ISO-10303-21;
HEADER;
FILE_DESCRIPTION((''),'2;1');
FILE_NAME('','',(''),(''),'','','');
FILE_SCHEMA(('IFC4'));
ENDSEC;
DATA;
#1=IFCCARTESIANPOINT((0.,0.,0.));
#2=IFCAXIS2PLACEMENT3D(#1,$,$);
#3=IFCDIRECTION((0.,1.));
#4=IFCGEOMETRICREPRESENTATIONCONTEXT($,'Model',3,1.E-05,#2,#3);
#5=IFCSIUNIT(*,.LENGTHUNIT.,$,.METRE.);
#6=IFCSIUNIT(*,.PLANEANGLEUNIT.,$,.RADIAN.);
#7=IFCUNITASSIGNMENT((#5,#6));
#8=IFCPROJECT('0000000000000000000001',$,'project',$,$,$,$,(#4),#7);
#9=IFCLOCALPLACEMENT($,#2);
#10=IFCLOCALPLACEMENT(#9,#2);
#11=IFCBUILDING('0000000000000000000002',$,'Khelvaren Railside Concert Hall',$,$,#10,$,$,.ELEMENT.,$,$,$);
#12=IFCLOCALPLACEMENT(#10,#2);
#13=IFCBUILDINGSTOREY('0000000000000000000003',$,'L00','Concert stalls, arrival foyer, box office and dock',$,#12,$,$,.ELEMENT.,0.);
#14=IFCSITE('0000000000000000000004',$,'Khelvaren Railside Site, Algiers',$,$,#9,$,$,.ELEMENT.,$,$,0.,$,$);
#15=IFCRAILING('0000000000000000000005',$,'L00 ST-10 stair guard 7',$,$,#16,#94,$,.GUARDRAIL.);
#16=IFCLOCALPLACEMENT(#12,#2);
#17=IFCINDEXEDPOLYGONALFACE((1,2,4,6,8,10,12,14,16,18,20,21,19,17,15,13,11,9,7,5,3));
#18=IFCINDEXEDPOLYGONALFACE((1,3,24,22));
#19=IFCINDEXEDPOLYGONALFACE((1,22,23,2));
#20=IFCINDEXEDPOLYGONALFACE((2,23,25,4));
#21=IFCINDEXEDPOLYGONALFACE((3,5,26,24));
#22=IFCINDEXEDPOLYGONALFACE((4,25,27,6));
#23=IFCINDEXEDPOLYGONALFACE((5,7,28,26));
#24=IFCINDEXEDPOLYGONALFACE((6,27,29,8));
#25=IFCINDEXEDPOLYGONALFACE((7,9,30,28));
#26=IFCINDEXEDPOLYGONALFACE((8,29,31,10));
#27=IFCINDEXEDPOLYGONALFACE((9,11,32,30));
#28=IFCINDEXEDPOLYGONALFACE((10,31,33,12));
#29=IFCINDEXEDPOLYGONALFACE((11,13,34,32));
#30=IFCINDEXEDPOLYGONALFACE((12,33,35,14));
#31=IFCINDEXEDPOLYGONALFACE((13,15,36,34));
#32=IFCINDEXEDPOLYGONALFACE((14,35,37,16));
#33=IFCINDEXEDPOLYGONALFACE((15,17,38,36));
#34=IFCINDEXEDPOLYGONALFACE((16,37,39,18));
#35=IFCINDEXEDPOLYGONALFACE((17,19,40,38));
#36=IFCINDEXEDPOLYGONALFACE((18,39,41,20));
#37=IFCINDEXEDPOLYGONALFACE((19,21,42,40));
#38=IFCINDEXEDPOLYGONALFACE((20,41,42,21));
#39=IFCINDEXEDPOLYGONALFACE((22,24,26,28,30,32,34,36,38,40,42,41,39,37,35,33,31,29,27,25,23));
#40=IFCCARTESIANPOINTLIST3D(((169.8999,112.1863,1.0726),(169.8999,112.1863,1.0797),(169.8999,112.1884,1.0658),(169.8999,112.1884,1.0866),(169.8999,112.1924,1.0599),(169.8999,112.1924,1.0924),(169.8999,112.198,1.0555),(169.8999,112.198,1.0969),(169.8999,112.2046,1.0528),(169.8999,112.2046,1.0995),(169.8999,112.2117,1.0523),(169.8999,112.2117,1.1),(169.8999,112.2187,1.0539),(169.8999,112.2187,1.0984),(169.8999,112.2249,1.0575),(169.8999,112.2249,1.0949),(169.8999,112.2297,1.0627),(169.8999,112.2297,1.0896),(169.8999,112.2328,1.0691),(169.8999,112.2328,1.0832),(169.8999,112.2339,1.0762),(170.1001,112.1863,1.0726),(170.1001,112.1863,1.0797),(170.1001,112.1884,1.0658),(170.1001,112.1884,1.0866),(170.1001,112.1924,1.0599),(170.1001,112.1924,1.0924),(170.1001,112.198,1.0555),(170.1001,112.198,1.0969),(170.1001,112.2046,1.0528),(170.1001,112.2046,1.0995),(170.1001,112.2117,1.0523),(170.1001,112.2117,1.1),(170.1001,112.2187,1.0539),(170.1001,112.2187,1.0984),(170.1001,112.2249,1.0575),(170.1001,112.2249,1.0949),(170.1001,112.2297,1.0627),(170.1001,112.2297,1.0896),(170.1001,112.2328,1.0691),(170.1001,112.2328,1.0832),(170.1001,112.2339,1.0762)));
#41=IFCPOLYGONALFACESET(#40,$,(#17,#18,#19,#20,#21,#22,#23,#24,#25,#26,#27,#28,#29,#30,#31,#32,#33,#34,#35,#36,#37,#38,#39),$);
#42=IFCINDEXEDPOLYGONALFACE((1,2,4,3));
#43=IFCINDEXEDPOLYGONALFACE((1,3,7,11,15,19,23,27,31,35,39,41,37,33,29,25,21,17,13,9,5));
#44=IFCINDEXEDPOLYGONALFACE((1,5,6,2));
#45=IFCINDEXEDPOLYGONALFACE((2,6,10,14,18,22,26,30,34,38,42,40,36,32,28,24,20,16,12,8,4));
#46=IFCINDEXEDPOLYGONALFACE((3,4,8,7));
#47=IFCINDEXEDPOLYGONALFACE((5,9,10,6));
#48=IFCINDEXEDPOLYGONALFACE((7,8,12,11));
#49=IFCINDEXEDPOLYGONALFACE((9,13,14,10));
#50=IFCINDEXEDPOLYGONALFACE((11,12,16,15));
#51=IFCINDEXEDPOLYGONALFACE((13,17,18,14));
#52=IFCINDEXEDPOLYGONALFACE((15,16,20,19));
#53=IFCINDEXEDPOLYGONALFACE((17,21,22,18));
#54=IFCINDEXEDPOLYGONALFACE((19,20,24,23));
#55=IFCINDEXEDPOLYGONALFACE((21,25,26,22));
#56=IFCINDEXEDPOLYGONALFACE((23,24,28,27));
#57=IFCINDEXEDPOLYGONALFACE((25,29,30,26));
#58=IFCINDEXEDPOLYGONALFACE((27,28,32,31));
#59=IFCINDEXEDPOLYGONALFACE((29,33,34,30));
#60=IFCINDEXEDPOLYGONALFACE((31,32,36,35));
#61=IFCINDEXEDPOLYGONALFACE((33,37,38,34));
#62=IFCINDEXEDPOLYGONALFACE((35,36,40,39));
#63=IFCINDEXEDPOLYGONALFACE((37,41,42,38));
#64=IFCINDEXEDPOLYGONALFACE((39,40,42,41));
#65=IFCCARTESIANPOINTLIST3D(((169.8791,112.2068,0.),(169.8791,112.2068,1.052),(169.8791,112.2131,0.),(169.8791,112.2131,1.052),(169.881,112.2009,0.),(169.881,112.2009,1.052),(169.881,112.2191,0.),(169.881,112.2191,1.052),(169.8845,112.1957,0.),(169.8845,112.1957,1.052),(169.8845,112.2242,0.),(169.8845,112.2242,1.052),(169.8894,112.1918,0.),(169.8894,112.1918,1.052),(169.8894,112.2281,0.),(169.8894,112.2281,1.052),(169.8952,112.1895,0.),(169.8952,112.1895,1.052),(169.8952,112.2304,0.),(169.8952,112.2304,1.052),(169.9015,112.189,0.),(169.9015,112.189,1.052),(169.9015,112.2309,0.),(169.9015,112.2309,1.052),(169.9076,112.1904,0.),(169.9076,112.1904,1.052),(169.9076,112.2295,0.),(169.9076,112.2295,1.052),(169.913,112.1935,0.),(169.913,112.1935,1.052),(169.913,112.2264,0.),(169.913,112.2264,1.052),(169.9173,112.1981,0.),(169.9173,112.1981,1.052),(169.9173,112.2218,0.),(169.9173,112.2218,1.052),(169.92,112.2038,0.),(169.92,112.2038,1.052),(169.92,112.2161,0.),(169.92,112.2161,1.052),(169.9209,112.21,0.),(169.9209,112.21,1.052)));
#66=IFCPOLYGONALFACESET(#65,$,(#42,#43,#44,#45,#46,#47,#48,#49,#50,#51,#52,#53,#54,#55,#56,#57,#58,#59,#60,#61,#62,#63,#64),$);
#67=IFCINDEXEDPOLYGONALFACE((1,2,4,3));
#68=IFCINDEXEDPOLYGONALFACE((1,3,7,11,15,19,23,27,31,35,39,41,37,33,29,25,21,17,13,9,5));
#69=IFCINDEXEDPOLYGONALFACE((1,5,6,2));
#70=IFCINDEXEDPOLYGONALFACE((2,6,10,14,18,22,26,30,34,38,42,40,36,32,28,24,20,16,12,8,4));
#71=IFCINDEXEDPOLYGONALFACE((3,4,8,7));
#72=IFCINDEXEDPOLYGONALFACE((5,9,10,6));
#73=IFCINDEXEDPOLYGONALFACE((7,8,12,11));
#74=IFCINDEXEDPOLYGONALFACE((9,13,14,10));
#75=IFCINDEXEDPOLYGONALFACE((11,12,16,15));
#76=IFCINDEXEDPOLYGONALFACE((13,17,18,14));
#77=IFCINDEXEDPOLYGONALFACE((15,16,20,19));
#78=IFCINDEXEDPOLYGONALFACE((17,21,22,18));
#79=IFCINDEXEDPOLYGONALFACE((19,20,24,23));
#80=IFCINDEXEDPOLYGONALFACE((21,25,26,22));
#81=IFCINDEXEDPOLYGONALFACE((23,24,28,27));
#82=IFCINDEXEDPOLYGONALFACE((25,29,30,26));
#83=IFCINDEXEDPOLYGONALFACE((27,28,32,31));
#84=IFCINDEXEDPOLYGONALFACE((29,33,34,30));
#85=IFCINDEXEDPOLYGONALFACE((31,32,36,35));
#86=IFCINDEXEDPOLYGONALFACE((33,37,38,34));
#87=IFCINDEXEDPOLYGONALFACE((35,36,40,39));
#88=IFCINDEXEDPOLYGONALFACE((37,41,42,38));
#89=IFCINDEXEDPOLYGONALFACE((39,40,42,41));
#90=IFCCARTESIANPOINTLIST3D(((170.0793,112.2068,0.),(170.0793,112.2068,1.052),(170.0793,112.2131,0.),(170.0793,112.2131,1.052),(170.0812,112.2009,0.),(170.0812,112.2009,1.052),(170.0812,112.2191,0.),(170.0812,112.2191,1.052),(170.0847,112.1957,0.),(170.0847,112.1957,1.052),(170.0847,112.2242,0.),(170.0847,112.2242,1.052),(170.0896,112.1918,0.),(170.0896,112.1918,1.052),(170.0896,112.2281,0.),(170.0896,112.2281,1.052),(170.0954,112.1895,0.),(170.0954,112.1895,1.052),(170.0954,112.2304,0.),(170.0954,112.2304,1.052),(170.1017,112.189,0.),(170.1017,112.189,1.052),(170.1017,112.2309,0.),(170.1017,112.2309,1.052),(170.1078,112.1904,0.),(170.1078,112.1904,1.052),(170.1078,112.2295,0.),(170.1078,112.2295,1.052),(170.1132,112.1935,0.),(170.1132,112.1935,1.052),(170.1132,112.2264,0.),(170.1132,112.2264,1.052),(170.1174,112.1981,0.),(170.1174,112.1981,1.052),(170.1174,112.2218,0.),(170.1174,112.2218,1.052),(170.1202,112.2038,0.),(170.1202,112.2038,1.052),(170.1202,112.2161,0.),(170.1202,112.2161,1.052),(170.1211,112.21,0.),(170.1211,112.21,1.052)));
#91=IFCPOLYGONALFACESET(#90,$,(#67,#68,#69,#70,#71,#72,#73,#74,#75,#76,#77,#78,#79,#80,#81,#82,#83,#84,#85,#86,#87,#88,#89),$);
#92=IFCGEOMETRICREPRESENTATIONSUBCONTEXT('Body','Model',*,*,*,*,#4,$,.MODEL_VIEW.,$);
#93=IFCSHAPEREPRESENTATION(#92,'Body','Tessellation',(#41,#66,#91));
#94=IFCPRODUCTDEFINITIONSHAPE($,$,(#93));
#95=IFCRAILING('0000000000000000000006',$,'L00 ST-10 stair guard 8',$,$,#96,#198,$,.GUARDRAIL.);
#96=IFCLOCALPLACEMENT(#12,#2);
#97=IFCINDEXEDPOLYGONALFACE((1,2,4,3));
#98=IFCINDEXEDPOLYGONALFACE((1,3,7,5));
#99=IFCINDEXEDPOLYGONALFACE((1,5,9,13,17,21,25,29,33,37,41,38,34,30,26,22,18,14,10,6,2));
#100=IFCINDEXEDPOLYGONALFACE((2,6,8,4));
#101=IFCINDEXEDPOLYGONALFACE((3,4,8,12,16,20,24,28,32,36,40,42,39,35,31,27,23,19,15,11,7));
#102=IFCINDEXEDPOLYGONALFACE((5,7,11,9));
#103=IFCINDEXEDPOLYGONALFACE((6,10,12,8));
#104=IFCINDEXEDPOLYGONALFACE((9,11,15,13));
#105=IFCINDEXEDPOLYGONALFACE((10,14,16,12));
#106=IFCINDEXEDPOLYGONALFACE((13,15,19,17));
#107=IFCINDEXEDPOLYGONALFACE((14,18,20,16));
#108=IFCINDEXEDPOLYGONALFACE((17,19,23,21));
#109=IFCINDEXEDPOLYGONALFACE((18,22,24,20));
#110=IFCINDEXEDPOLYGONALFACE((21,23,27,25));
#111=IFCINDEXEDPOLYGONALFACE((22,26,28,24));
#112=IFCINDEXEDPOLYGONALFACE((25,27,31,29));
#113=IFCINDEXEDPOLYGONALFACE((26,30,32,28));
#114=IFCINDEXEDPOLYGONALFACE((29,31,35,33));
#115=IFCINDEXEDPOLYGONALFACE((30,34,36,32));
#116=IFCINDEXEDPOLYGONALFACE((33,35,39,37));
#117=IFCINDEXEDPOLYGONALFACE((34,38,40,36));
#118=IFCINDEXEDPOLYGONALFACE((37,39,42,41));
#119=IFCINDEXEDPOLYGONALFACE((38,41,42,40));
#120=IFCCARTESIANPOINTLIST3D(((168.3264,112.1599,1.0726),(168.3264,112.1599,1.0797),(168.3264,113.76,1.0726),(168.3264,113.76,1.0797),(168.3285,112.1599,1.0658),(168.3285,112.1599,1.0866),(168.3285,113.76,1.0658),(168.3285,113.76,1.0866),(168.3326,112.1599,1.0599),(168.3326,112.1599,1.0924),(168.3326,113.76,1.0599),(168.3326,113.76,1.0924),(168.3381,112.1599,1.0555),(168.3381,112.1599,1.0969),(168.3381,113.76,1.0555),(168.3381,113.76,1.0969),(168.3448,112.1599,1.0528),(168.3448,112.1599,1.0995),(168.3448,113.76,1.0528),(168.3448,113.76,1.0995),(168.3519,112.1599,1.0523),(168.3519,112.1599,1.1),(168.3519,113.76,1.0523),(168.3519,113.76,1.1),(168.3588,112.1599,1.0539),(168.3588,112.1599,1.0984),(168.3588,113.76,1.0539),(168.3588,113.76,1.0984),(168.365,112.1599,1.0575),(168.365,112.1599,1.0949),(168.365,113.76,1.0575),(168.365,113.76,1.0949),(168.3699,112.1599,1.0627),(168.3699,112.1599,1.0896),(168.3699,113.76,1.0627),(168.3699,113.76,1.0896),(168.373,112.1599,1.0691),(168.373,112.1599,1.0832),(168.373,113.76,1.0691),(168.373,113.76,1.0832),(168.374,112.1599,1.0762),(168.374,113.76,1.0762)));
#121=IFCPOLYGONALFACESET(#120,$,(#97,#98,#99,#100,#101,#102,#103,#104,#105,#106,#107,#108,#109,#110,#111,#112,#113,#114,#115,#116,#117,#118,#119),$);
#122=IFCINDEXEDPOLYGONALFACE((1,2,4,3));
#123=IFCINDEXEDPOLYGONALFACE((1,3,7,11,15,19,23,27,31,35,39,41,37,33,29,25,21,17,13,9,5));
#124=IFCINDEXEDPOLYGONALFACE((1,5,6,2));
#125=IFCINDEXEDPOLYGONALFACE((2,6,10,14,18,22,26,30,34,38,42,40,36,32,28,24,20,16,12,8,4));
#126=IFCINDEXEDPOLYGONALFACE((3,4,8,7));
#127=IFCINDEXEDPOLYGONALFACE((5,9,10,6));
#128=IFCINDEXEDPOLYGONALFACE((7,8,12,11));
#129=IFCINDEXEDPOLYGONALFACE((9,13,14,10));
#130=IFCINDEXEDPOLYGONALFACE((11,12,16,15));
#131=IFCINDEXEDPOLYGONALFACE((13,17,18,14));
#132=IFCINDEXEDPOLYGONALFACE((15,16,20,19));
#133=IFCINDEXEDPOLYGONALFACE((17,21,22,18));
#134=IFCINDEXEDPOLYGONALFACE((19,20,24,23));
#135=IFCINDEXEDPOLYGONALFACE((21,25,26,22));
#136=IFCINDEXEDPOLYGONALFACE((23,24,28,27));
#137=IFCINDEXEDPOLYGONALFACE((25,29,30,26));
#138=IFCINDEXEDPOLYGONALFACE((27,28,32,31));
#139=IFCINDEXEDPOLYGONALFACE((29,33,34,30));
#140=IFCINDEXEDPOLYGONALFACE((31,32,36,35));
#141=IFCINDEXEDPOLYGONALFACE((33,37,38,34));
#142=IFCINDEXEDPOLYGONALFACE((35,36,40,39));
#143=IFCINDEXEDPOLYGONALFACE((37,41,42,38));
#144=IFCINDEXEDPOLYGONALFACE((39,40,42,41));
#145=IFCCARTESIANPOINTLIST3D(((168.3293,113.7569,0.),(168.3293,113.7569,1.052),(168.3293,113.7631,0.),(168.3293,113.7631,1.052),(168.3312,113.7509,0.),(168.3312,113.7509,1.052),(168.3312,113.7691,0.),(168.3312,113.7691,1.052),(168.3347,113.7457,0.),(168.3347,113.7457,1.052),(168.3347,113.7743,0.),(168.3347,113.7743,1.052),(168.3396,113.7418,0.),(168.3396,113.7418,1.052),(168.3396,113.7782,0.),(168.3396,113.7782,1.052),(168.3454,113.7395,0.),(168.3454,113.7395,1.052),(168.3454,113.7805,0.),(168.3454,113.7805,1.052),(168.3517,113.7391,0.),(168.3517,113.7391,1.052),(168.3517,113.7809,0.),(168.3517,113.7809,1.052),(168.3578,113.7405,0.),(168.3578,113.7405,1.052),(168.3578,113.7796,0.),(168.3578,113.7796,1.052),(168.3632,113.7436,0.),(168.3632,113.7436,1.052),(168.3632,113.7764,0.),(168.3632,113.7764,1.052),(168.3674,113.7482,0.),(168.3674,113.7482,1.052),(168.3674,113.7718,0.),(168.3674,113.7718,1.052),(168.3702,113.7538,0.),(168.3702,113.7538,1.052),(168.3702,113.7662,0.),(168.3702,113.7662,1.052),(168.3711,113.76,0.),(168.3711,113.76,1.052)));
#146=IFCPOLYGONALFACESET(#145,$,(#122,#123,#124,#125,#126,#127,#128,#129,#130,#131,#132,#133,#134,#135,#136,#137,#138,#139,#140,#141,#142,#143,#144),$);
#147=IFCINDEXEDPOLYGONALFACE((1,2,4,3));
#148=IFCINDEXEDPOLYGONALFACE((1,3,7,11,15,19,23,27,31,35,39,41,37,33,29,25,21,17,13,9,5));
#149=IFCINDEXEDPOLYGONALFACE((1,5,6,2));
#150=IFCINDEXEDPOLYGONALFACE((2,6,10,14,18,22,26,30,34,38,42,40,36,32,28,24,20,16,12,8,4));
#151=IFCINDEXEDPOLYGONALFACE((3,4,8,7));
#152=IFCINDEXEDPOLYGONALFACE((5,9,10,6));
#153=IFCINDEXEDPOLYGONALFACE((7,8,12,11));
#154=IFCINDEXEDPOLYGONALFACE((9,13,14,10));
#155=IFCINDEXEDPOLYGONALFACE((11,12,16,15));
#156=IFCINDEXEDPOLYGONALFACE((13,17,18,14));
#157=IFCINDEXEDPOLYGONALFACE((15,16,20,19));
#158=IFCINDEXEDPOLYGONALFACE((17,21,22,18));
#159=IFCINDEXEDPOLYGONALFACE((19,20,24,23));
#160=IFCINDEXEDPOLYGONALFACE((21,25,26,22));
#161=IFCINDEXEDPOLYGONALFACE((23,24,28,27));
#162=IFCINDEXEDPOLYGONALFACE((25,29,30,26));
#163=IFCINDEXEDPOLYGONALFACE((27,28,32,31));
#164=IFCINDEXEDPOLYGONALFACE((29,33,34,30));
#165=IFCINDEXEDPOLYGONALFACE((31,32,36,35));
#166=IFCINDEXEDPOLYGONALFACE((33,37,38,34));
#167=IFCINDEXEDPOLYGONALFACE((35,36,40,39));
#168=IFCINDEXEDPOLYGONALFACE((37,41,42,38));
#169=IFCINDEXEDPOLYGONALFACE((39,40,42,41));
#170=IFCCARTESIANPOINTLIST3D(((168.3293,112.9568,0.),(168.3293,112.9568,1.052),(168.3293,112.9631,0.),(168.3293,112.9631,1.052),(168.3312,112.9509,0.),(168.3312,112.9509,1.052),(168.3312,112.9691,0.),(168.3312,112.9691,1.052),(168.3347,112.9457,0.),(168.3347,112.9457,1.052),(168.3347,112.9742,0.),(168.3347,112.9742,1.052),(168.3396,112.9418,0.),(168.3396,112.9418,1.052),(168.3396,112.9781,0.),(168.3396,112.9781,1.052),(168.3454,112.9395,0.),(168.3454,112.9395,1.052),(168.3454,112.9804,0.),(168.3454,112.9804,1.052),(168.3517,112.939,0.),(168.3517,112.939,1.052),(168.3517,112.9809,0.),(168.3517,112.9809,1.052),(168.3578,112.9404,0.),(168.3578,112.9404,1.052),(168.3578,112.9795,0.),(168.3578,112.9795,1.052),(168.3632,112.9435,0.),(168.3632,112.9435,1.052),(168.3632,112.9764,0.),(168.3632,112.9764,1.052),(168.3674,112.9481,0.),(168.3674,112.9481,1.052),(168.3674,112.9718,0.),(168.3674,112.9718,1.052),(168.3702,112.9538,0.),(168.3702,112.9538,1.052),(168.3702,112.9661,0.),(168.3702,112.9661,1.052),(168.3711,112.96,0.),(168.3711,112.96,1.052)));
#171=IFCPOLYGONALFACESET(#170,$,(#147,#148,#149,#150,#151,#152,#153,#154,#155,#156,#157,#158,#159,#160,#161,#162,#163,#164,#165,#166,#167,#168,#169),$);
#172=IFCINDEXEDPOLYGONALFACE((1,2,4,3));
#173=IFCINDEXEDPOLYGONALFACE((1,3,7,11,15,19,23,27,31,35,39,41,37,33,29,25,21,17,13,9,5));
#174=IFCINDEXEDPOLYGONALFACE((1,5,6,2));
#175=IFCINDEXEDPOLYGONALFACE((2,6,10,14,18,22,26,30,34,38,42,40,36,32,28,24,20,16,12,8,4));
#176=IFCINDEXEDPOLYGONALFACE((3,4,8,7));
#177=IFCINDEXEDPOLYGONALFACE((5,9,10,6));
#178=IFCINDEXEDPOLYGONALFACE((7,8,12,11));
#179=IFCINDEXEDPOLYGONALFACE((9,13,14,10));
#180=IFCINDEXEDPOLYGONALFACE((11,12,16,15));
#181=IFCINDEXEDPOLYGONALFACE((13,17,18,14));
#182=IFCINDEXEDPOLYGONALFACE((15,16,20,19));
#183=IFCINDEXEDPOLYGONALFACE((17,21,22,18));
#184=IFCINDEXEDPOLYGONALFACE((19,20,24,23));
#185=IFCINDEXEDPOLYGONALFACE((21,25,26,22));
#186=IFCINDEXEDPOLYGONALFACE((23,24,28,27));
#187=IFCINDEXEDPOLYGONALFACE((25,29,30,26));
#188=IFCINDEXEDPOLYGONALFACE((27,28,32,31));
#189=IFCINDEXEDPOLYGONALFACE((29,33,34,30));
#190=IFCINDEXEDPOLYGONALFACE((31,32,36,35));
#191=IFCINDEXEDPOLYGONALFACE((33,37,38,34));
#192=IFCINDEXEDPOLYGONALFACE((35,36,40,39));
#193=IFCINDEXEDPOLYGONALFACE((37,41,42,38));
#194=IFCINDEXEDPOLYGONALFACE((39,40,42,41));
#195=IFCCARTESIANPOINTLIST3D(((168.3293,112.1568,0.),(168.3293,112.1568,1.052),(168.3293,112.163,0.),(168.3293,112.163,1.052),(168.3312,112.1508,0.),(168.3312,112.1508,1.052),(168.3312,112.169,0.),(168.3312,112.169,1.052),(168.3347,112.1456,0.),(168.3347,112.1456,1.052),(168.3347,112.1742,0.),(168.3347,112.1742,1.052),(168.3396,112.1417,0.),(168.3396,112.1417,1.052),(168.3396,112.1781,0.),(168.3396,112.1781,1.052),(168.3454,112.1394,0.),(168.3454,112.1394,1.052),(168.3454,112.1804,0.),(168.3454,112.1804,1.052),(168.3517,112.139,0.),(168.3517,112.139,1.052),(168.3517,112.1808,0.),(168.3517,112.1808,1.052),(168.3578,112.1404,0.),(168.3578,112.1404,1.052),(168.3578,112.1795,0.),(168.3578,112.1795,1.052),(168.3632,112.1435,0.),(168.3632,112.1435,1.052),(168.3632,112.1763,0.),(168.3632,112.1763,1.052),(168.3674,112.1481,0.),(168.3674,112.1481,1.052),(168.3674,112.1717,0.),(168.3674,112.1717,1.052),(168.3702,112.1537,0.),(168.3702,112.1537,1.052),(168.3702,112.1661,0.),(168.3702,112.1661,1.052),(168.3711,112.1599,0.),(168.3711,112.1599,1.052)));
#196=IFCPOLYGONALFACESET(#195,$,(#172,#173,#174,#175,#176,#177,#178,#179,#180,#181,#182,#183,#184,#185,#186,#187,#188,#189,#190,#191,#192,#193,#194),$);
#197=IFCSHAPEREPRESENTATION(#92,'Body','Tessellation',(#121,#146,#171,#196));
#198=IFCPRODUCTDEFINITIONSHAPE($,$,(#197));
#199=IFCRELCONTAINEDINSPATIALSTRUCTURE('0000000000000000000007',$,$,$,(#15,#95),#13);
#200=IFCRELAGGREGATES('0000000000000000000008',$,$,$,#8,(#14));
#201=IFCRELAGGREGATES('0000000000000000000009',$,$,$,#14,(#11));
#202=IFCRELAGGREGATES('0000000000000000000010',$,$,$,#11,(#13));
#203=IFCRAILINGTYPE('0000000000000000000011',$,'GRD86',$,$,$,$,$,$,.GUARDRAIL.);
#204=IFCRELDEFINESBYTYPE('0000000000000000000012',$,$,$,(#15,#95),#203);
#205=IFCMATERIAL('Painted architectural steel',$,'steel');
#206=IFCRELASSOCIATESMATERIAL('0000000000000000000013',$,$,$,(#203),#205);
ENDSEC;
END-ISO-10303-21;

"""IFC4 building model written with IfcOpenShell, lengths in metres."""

from ifc_helpers import new_model, si_unit, direction, frame, origin, origin_2d, place, context, subcontext, project, spatial, circle, extrude, material, type_object, element, save


model = new_model("IFC4")

# Units and contexts
model_context = context("Model", 3, precision=1e-05, world=origin(), true_north=direction((0.0, 1.0)))
body_context = subcontext(model_context, "Body", "Model", "MODEL_VIEW")
ifc_project = project(units=[si_unit("LENGTHUNIT", "METRE"), si_unit("PLANEANGLEUNIT", "RADIAN")], contexts=[model_context])

# Site, building, storey
site_placement = place(None, origin())
site = spatial("IfcSite", under=ifc_project, at=site_placement, Name="Khelvaren Railside Site, Algiers", CompositionType="ELEMENT", RefElevation=0.0)
building_placement = place(site_placement, origin())
building = spatial("IfcBuilding", under=site, at=building_placement, Name="Khelvaren Railside Concert Hall", CompositionType="ELEMENT")
storey_placement = place(building_placement, origin())
storey = spatial("IfcBuildingStorey", under=building, at=storey_placement, Name="L00", Description="Concert stalls, arrival foyer, box office and dock", CompositionType="ELEMENT", Elevation=0.0)

# Railings
ifc_material_1 = material(Name="Painted architectural steel", Category="steel")
railing_type_1 = type_object("IfcRailingType", Name="GRD86", PredefinedType="GUARDRAIL", material=ifc_material_1)
railing_1_placement = place(storey_placement, frame((169.8999, 112.21, 0.0)))
element("IfcRailing", 1, at=railing_1_placement, inside=storey, type_object=railing_type_1, Name="L00 ST-10 stair guard 7", PredefinedType="GUARDRAIL", context=body_context, shape_type="SweptSolid", body=[
    extrude(circle(Radius=0.0239, at=origin_2d()), frame((0.0, 0.0, 1.0762), z_axis=(1.0, 0.0, 0.0), x_axis=(0.0, 1.0, 0.0)), (0.0, 0.0, 1.0), 0.2002),
    extrude(circle(Radius=0.021, at=origin_2d()), origin(), (0.0, 0.0, 1.0), 1.052),
    extrude(circle(Radius=0.021, at=origin_2d()), frame((0.2002, 0.0, 0.0)), (0.0, 0.0, 1.0), 1.052),
])
for number, where, name in (
    (2, (168.3501, 113.76, 0.0), "L00 ST-10 stair guard 8"),
):
    element("IfcRailing", number, at=place(storey_placement, frame(where)), inside=storey, type_object=railing_type_1, Name=name, PredefinedType="GUARDRAIL", context=body_context, shape_type="SweptSolid", body=[
        extrude(circle(Radius=0.0239, at=origin_2d()), frame((0.0, 0.0, 1.0762), z_axis=(0.0, -1.0, 0.0), x_axis=(1.0, 0.0, 0.0)), (0.0, 0.0, 1.0), 1.6001),
        extrude(circle(Radius=0.021, at=origin_2d()), origin(), (0.0, 0.0, 1.0), 1.052),
        extrude(circle(Radius=0.021, at=origin_2d()), frame((0.0, -0.8, 0.0)), (0.0, 0.0, 1.0), 1.052),
        extrude(circle(Radius=0.021, at=origin_2d()), frame((0.0, -1.6001, 0.0)), (0.0, 0.0, 1.0), 1.052),
    ])

save(model, "model.ifc")
